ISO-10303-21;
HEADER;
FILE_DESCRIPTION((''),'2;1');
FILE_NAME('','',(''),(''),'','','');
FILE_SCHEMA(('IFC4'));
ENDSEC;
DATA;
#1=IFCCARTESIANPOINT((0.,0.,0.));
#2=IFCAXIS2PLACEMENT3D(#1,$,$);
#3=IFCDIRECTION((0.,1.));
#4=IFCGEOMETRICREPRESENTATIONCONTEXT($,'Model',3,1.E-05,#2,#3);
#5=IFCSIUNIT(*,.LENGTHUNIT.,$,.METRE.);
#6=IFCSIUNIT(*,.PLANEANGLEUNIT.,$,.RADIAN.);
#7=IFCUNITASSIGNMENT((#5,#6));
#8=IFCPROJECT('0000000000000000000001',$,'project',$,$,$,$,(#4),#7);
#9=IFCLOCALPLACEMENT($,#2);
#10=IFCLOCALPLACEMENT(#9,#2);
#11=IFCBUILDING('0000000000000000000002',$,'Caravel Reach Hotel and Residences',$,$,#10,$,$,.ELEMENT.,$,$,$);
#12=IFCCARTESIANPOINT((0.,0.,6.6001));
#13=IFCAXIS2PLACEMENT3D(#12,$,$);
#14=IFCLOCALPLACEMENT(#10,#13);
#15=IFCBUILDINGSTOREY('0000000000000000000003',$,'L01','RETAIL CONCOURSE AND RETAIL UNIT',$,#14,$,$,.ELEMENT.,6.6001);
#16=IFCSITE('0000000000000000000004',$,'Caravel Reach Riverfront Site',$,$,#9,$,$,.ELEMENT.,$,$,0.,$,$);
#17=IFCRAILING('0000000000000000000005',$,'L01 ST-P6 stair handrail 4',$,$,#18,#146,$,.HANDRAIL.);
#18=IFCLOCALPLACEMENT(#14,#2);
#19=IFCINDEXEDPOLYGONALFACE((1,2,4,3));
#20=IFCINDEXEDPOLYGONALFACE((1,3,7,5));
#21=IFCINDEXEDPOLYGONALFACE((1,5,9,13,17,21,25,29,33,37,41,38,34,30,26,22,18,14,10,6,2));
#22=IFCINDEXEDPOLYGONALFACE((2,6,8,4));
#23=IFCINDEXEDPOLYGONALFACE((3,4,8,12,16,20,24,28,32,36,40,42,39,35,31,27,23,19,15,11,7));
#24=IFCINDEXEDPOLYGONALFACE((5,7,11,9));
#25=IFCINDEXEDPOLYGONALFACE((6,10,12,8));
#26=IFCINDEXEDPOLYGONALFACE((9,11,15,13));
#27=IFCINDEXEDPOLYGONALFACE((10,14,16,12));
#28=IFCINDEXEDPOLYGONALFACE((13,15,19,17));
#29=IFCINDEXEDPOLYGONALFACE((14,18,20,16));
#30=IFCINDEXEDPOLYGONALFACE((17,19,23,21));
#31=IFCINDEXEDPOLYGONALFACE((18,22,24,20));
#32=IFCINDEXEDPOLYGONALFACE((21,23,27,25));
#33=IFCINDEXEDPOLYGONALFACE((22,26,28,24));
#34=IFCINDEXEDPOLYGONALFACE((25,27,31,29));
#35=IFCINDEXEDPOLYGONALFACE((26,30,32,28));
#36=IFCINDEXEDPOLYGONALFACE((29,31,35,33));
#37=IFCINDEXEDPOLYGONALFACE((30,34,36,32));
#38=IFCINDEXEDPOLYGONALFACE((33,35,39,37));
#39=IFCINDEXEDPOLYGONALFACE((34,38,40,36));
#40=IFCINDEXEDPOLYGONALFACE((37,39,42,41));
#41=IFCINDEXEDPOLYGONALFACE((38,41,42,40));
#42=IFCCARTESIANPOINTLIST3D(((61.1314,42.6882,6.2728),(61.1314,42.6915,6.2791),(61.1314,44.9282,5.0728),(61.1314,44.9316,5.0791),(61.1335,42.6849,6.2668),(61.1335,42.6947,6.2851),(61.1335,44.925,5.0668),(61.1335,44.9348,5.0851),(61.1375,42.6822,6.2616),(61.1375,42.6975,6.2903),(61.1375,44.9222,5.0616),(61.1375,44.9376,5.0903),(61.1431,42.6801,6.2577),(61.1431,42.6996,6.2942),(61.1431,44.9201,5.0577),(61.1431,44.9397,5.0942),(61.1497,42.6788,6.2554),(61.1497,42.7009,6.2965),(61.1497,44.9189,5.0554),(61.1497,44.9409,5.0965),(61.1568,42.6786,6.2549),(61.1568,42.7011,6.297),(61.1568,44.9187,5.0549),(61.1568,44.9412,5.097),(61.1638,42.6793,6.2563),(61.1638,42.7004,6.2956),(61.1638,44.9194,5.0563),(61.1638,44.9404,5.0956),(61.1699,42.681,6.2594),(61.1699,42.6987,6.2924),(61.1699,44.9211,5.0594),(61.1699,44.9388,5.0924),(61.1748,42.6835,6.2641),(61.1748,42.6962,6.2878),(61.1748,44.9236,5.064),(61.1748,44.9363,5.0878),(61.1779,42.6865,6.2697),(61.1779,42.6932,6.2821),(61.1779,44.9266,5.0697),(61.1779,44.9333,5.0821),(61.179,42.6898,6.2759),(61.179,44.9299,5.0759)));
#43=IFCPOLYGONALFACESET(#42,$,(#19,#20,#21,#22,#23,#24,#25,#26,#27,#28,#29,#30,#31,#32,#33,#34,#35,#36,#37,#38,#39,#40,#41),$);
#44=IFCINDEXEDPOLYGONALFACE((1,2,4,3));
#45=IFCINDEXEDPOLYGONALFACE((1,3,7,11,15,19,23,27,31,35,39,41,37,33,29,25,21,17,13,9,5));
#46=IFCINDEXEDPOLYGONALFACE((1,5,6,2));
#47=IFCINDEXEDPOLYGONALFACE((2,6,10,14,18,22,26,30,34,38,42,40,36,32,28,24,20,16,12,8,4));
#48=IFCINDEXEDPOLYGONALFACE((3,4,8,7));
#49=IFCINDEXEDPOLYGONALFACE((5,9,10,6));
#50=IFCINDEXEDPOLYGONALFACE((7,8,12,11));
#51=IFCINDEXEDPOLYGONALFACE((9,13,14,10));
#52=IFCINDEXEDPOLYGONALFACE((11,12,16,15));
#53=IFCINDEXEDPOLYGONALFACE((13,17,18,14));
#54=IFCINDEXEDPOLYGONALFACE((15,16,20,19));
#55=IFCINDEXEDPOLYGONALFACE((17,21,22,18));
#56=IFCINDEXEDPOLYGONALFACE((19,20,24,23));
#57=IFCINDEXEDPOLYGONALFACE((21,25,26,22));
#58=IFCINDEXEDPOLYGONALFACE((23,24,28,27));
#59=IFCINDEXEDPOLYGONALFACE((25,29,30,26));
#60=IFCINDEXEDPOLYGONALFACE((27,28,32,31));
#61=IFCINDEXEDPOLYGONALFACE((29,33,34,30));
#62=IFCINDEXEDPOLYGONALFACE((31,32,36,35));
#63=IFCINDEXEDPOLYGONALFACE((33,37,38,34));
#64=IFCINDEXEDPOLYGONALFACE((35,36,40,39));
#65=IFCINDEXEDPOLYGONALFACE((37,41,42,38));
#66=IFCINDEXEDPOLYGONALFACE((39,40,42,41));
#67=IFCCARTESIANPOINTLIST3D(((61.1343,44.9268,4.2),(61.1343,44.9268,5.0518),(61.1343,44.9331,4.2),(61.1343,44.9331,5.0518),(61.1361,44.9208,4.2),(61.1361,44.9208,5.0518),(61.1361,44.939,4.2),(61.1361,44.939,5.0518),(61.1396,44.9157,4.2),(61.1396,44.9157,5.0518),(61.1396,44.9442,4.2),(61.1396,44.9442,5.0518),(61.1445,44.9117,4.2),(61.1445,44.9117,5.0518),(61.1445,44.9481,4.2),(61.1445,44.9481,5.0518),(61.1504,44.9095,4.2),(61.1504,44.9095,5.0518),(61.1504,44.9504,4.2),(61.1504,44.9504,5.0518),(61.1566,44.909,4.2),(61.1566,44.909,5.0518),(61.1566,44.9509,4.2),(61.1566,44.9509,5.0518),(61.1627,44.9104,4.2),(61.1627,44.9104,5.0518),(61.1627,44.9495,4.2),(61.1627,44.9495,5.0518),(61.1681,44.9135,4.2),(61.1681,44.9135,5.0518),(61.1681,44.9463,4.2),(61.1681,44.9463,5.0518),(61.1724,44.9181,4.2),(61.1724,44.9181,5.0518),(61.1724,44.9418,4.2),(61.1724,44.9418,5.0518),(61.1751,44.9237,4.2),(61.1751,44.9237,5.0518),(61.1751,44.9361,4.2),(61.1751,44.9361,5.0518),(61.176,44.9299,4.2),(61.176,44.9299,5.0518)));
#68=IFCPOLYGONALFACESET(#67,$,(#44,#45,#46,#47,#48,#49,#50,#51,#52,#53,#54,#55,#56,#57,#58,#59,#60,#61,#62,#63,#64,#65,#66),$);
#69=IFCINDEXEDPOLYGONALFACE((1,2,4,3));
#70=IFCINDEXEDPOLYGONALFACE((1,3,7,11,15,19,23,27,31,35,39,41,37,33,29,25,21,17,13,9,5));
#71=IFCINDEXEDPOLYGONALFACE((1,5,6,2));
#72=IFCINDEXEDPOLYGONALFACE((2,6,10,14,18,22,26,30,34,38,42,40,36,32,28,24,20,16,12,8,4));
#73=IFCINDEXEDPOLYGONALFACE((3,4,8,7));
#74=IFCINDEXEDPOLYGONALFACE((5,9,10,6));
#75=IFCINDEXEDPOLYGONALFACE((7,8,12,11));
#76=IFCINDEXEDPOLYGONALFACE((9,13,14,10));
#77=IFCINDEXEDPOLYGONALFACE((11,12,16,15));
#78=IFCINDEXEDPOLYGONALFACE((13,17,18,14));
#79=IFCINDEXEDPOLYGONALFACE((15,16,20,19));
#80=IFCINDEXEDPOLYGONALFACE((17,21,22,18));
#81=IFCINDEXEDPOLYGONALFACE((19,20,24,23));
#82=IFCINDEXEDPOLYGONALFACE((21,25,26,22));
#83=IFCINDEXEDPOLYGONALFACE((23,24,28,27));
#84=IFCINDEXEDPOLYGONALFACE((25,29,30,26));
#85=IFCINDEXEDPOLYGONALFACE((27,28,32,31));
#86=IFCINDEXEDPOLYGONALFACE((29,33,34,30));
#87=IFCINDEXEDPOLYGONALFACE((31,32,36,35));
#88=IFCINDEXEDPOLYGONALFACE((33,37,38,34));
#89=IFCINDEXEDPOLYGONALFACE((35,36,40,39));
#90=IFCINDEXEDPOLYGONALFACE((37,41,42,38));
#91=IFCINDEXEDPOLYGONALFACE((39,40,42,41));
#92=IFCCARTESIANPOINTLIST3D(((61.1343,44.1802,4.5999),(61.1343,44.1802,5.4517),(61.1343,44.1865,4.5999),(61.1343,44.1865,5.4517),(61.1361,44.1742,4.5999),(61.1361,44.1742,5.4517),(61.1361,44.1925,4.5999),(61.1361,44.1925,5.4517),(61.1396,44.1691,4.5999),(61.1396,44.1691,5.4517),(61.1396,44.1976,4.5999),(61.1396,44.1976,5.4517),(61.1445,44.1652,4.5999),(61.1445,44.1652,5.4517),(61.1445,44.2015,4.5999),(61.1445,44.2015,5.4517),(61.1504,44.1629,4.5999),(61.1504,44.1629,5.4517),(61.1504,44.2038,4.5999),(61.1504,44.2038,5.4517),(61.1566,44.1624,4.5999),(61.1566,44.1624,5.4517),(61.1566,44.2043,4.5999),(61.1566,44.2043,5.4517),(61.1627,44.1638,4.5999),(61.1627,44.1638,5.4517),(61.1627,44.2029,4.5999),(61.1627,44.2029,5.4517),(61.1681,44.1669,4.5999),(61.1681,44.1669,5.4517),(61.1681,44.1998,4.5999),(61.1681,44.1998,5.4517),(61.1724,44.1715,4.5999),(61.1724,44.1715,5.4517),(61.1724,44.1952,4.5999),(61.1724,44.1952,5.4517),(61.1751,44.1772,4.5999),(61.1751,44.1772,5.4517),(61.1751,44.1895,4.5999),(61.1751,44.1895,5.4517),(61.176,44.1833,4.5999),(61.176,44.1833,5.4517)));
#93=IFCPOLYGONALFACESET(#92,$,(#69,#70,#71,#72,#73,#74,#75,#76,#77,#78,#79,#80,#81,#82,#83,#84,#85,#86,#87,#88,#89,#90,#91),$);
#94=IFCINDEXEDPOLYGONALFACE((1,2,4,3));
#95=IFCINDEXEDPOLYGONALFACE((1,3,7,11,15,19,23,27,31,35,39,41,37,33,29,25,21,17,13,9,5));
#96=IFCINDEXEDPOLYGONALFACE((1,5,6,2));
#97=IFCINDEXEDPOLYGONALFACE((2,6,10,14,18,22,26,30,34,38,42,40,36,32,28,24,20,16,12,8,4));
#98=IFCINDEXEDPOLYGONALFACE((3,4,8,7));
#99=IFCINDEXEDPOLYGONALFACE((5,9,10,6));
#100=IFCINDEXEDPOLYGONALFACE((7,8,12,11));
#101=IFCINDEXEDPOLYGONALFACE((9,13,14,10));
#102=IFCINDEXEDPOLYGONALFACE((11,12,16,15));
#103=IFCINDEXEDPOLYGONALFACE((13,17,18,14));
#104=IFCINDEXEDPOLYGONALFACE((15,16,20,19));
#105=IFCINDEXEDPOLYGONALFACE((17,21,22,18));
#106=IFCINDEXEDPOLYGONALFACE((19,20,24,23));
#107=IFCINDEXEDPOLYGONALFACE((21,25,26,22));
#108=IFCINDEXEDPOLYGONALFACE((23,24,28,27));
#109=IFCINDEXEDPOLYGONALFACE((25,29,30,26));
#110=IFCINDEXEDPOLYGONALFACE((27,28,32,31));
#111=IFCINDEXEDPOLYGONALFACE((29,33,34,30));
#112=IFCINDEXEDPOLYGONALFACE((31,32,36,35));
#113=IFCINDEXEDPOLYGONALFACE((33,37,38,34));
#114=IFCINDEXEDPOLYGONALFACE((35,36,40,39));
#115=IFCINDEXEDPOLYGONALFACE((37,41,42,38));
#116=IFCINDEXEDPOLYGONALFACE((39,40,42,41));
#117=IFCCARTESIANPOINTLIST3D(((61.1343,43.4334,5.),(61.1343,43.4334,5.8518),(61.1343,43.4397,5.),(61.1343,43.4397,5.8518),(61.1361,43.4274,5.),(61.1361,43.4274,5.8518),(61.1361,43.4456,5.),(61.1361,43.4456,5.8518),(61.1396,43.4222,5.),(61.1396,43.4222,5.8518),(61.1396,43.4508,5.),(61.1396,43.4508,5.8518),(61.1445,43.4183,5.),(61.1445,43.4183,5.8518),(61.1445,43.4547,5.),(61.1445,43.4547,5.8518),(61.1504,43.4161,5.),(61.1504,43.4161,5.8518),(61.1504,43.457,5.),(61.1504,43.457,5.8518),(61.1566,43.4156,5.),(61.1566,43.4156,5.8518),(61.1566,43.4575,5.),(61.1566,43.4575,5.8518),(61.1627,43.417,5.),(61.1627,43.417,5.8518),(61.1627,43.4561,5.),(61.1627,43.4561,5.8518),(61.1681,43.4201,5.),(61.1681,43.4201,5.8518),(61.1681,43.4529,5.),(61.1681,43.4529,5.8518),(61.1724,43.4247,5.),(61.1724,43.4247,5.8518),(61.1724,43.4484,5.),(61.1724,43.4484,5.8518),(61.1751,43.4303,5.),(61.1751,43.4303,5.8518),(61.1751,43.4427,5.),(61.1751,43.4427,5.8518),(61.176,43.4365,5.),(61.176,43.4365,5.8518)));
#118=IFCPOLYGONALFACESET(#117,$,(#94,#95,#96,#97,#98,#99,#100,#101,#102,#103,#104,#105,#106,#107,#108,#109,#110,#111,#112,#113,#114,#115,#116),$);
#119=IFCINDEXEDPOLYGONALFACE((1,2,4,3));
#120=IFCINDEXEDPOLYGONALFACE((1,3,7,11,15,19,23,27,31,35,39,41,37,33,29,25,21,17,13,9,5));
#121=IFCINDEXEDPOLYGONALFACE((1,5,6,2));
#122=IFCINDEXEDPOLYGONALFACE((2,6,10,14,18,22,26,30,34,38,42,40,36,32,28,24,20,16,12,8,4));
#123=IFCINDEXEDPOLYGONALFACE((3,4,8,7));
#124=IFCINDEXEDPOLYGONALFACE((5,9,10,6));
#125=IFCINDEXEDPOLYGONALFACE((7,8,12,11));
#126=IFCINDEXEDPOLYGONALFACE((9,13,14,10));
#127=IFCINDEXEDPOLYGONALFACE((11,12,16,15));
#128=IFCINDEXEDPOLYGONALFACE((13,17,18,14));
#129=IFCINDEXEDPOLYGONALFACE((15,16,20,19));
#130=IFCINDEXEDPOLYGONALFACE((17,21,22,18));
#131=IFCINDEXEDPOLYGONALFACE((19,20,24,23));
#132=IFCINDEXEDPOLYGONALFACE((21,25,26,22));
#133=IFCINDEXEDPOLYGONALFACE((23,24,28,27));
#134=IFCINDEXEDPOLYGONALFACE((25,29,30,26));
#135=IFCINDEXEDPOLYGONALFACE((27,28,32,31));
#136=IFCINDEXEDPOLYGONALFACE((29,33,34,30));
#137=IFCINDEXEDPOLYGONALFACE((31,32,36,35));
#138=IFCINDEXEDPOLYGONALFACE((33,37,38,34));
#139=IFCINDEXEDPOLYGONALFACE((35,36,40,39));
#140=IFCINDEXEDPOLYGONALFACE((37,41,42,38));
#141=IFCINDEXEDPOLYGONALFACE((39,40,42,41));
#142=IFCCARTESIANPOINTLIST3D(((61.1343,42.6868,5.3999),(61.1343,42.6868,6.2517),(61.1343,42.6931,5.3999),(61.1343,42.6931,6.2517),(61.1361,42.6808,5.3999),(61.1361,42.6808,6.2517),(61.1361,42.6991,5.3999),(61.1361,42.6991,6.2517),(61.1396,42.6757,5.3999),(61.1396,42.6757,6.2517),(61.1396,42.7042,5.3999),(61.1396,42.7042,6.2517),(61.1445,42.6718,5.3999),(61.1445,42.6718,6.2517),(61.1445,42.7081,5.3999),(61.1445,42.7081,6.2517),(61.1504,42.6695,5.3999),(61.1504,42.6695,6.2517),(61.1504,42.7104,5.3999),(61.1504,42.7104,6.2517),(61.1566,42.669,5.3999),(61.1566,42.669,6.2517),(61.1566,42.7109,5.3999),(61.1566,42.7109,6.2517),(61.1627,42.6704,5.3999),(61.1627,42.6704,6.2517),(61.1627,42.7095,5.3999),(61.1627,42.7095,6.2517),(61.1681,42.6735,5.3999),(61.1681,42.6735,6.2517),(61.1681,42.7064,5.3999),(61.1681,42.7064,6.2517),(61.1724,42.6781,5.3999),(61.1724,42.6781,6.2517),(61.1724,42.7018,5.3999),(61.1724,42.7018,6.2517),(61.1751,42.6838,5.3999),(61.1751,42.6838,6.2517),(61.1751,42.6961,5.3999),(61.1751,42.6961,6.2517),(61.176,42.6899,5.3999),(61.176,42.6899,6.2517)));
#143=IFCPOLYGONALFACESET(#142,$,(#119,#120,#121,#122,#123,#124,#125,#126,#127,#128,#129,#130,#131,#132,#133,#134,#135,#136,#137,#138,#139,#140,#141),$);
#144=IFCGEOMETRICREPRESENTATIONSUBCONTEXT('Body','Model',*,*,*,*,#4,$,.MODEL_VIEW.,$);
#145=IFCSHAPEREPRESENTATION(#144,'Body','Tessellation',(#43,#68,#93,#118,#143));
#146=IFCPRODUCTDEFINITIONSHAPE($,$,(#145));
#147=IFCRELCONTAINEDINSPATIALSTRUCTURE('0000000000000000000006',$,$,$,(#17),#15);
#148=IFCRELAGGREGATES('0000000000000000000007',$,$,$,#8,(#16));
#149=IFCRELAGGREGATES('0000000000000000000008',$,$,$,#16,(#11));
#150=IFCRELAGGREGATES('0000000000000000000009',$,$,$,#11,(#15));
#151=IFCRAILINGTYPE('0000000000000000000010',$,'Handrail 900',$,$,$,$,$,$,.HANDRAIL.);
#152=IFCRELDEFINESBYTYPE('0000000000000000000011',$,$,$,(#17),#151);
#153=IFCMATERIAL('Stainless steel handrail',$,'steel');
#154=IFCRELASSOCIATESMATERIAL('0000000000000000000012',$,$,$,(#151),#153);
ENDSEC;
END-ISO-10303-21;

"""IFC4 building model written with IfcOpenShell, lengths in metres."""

from ifc_helpers import new_model, si_unit, direction, frame, origin, origin_2d, place, context, subcontext, project, spatial, circle, extrude, material, type_object, element, save


model = new_model("IFC4")

# Units and contexts
model_context = context("Model", 3, precision=1e-05, world=origin(), true_north=direction((0.0, 1.0)))
body_context = subcontext(model_context, "Body", "Model", "MODEL_VIEW")
ifc_project = project(units=[si_unit("LENGTHUNIT", "METRE"), si_unit("PLANEANGLEUNIT", "RADIAN")], contexts=[model_context])

# Site, building, storey
site_placement = place(None, origin())
site = spatial("IfcSite", under=ifc_project, at=site_placement, Name="Caravel Reach Riverfront Site", CompositionType="ELEMENT", RefElevation=0.0)
building_placement = place(site_placement, origin())
building = spatial("IfcBuilding", under=site, at=building_placement, Name="Caravel Reach Hotel and Residences", CompositionType="ELEMENT")
storey_placement = place(building_placement, frame((0.0, 0.0, 6.6001)))
storey = spatial("IfcBuildingStorey", under=building, at=storey_placement, Name="L01", Description="RETAIL CONCOURSE AND RETAIL UNIT", CompositionType="ELEMENT", Elevation=6.6001)

# Railing
ifc_material_1 = material(Name="Stainless steel handrail", Category="steel")
railing_type_1 = type_object("IfcRailingType", Name="Handrail 900", PredefinedType="HANDRAIL", material=ifc_material_1)
railing_1_placement = place(storey_placement, frame((61.155, 44.9299, 4.2)))
element("IfcRailing", 1, at=railing_1_placement, inside=storey, type_object=railing_type_1, Name="L01 ST-P6 stair handrail 4", PredefinedType="HANDRAIL", context=body_context, shape_type="SweptSolid", body=[
    extrude(circle(Radius=0.0239, at=origin_2d()), frame((0.0, 0.0, 0.876), z_axis=(0.0, -0.881487, 0.472208), x_axis=(1.0, 0.0, 0.0)), (0.0, 0.0, 1.0), 2.5413),
    extrude(circle(Radius=0.021, at=origin_2d()), origin(), (0.0, 0.0, 1.0), 0.8518),
    extrude(circle(Radius=0.021, at=origin_2d()), frame((0.0, -0.7466, 0.3999)), (0.0, 0.0, 1.0), 0.8518),
    extrude(circle(Radius=0.021, at=origin_2d()), frame((0.0, -1.4934, 0.8)), (0.0, 0.0, 1.0), 0.8518),
    extrude(circle(Radius=0.021, at=origin_2d()), frame((0.0, -2.24, 1.2)), (0.0, 0.0, 1.0), 0.8518),
])

save(model, "model.ifc")
